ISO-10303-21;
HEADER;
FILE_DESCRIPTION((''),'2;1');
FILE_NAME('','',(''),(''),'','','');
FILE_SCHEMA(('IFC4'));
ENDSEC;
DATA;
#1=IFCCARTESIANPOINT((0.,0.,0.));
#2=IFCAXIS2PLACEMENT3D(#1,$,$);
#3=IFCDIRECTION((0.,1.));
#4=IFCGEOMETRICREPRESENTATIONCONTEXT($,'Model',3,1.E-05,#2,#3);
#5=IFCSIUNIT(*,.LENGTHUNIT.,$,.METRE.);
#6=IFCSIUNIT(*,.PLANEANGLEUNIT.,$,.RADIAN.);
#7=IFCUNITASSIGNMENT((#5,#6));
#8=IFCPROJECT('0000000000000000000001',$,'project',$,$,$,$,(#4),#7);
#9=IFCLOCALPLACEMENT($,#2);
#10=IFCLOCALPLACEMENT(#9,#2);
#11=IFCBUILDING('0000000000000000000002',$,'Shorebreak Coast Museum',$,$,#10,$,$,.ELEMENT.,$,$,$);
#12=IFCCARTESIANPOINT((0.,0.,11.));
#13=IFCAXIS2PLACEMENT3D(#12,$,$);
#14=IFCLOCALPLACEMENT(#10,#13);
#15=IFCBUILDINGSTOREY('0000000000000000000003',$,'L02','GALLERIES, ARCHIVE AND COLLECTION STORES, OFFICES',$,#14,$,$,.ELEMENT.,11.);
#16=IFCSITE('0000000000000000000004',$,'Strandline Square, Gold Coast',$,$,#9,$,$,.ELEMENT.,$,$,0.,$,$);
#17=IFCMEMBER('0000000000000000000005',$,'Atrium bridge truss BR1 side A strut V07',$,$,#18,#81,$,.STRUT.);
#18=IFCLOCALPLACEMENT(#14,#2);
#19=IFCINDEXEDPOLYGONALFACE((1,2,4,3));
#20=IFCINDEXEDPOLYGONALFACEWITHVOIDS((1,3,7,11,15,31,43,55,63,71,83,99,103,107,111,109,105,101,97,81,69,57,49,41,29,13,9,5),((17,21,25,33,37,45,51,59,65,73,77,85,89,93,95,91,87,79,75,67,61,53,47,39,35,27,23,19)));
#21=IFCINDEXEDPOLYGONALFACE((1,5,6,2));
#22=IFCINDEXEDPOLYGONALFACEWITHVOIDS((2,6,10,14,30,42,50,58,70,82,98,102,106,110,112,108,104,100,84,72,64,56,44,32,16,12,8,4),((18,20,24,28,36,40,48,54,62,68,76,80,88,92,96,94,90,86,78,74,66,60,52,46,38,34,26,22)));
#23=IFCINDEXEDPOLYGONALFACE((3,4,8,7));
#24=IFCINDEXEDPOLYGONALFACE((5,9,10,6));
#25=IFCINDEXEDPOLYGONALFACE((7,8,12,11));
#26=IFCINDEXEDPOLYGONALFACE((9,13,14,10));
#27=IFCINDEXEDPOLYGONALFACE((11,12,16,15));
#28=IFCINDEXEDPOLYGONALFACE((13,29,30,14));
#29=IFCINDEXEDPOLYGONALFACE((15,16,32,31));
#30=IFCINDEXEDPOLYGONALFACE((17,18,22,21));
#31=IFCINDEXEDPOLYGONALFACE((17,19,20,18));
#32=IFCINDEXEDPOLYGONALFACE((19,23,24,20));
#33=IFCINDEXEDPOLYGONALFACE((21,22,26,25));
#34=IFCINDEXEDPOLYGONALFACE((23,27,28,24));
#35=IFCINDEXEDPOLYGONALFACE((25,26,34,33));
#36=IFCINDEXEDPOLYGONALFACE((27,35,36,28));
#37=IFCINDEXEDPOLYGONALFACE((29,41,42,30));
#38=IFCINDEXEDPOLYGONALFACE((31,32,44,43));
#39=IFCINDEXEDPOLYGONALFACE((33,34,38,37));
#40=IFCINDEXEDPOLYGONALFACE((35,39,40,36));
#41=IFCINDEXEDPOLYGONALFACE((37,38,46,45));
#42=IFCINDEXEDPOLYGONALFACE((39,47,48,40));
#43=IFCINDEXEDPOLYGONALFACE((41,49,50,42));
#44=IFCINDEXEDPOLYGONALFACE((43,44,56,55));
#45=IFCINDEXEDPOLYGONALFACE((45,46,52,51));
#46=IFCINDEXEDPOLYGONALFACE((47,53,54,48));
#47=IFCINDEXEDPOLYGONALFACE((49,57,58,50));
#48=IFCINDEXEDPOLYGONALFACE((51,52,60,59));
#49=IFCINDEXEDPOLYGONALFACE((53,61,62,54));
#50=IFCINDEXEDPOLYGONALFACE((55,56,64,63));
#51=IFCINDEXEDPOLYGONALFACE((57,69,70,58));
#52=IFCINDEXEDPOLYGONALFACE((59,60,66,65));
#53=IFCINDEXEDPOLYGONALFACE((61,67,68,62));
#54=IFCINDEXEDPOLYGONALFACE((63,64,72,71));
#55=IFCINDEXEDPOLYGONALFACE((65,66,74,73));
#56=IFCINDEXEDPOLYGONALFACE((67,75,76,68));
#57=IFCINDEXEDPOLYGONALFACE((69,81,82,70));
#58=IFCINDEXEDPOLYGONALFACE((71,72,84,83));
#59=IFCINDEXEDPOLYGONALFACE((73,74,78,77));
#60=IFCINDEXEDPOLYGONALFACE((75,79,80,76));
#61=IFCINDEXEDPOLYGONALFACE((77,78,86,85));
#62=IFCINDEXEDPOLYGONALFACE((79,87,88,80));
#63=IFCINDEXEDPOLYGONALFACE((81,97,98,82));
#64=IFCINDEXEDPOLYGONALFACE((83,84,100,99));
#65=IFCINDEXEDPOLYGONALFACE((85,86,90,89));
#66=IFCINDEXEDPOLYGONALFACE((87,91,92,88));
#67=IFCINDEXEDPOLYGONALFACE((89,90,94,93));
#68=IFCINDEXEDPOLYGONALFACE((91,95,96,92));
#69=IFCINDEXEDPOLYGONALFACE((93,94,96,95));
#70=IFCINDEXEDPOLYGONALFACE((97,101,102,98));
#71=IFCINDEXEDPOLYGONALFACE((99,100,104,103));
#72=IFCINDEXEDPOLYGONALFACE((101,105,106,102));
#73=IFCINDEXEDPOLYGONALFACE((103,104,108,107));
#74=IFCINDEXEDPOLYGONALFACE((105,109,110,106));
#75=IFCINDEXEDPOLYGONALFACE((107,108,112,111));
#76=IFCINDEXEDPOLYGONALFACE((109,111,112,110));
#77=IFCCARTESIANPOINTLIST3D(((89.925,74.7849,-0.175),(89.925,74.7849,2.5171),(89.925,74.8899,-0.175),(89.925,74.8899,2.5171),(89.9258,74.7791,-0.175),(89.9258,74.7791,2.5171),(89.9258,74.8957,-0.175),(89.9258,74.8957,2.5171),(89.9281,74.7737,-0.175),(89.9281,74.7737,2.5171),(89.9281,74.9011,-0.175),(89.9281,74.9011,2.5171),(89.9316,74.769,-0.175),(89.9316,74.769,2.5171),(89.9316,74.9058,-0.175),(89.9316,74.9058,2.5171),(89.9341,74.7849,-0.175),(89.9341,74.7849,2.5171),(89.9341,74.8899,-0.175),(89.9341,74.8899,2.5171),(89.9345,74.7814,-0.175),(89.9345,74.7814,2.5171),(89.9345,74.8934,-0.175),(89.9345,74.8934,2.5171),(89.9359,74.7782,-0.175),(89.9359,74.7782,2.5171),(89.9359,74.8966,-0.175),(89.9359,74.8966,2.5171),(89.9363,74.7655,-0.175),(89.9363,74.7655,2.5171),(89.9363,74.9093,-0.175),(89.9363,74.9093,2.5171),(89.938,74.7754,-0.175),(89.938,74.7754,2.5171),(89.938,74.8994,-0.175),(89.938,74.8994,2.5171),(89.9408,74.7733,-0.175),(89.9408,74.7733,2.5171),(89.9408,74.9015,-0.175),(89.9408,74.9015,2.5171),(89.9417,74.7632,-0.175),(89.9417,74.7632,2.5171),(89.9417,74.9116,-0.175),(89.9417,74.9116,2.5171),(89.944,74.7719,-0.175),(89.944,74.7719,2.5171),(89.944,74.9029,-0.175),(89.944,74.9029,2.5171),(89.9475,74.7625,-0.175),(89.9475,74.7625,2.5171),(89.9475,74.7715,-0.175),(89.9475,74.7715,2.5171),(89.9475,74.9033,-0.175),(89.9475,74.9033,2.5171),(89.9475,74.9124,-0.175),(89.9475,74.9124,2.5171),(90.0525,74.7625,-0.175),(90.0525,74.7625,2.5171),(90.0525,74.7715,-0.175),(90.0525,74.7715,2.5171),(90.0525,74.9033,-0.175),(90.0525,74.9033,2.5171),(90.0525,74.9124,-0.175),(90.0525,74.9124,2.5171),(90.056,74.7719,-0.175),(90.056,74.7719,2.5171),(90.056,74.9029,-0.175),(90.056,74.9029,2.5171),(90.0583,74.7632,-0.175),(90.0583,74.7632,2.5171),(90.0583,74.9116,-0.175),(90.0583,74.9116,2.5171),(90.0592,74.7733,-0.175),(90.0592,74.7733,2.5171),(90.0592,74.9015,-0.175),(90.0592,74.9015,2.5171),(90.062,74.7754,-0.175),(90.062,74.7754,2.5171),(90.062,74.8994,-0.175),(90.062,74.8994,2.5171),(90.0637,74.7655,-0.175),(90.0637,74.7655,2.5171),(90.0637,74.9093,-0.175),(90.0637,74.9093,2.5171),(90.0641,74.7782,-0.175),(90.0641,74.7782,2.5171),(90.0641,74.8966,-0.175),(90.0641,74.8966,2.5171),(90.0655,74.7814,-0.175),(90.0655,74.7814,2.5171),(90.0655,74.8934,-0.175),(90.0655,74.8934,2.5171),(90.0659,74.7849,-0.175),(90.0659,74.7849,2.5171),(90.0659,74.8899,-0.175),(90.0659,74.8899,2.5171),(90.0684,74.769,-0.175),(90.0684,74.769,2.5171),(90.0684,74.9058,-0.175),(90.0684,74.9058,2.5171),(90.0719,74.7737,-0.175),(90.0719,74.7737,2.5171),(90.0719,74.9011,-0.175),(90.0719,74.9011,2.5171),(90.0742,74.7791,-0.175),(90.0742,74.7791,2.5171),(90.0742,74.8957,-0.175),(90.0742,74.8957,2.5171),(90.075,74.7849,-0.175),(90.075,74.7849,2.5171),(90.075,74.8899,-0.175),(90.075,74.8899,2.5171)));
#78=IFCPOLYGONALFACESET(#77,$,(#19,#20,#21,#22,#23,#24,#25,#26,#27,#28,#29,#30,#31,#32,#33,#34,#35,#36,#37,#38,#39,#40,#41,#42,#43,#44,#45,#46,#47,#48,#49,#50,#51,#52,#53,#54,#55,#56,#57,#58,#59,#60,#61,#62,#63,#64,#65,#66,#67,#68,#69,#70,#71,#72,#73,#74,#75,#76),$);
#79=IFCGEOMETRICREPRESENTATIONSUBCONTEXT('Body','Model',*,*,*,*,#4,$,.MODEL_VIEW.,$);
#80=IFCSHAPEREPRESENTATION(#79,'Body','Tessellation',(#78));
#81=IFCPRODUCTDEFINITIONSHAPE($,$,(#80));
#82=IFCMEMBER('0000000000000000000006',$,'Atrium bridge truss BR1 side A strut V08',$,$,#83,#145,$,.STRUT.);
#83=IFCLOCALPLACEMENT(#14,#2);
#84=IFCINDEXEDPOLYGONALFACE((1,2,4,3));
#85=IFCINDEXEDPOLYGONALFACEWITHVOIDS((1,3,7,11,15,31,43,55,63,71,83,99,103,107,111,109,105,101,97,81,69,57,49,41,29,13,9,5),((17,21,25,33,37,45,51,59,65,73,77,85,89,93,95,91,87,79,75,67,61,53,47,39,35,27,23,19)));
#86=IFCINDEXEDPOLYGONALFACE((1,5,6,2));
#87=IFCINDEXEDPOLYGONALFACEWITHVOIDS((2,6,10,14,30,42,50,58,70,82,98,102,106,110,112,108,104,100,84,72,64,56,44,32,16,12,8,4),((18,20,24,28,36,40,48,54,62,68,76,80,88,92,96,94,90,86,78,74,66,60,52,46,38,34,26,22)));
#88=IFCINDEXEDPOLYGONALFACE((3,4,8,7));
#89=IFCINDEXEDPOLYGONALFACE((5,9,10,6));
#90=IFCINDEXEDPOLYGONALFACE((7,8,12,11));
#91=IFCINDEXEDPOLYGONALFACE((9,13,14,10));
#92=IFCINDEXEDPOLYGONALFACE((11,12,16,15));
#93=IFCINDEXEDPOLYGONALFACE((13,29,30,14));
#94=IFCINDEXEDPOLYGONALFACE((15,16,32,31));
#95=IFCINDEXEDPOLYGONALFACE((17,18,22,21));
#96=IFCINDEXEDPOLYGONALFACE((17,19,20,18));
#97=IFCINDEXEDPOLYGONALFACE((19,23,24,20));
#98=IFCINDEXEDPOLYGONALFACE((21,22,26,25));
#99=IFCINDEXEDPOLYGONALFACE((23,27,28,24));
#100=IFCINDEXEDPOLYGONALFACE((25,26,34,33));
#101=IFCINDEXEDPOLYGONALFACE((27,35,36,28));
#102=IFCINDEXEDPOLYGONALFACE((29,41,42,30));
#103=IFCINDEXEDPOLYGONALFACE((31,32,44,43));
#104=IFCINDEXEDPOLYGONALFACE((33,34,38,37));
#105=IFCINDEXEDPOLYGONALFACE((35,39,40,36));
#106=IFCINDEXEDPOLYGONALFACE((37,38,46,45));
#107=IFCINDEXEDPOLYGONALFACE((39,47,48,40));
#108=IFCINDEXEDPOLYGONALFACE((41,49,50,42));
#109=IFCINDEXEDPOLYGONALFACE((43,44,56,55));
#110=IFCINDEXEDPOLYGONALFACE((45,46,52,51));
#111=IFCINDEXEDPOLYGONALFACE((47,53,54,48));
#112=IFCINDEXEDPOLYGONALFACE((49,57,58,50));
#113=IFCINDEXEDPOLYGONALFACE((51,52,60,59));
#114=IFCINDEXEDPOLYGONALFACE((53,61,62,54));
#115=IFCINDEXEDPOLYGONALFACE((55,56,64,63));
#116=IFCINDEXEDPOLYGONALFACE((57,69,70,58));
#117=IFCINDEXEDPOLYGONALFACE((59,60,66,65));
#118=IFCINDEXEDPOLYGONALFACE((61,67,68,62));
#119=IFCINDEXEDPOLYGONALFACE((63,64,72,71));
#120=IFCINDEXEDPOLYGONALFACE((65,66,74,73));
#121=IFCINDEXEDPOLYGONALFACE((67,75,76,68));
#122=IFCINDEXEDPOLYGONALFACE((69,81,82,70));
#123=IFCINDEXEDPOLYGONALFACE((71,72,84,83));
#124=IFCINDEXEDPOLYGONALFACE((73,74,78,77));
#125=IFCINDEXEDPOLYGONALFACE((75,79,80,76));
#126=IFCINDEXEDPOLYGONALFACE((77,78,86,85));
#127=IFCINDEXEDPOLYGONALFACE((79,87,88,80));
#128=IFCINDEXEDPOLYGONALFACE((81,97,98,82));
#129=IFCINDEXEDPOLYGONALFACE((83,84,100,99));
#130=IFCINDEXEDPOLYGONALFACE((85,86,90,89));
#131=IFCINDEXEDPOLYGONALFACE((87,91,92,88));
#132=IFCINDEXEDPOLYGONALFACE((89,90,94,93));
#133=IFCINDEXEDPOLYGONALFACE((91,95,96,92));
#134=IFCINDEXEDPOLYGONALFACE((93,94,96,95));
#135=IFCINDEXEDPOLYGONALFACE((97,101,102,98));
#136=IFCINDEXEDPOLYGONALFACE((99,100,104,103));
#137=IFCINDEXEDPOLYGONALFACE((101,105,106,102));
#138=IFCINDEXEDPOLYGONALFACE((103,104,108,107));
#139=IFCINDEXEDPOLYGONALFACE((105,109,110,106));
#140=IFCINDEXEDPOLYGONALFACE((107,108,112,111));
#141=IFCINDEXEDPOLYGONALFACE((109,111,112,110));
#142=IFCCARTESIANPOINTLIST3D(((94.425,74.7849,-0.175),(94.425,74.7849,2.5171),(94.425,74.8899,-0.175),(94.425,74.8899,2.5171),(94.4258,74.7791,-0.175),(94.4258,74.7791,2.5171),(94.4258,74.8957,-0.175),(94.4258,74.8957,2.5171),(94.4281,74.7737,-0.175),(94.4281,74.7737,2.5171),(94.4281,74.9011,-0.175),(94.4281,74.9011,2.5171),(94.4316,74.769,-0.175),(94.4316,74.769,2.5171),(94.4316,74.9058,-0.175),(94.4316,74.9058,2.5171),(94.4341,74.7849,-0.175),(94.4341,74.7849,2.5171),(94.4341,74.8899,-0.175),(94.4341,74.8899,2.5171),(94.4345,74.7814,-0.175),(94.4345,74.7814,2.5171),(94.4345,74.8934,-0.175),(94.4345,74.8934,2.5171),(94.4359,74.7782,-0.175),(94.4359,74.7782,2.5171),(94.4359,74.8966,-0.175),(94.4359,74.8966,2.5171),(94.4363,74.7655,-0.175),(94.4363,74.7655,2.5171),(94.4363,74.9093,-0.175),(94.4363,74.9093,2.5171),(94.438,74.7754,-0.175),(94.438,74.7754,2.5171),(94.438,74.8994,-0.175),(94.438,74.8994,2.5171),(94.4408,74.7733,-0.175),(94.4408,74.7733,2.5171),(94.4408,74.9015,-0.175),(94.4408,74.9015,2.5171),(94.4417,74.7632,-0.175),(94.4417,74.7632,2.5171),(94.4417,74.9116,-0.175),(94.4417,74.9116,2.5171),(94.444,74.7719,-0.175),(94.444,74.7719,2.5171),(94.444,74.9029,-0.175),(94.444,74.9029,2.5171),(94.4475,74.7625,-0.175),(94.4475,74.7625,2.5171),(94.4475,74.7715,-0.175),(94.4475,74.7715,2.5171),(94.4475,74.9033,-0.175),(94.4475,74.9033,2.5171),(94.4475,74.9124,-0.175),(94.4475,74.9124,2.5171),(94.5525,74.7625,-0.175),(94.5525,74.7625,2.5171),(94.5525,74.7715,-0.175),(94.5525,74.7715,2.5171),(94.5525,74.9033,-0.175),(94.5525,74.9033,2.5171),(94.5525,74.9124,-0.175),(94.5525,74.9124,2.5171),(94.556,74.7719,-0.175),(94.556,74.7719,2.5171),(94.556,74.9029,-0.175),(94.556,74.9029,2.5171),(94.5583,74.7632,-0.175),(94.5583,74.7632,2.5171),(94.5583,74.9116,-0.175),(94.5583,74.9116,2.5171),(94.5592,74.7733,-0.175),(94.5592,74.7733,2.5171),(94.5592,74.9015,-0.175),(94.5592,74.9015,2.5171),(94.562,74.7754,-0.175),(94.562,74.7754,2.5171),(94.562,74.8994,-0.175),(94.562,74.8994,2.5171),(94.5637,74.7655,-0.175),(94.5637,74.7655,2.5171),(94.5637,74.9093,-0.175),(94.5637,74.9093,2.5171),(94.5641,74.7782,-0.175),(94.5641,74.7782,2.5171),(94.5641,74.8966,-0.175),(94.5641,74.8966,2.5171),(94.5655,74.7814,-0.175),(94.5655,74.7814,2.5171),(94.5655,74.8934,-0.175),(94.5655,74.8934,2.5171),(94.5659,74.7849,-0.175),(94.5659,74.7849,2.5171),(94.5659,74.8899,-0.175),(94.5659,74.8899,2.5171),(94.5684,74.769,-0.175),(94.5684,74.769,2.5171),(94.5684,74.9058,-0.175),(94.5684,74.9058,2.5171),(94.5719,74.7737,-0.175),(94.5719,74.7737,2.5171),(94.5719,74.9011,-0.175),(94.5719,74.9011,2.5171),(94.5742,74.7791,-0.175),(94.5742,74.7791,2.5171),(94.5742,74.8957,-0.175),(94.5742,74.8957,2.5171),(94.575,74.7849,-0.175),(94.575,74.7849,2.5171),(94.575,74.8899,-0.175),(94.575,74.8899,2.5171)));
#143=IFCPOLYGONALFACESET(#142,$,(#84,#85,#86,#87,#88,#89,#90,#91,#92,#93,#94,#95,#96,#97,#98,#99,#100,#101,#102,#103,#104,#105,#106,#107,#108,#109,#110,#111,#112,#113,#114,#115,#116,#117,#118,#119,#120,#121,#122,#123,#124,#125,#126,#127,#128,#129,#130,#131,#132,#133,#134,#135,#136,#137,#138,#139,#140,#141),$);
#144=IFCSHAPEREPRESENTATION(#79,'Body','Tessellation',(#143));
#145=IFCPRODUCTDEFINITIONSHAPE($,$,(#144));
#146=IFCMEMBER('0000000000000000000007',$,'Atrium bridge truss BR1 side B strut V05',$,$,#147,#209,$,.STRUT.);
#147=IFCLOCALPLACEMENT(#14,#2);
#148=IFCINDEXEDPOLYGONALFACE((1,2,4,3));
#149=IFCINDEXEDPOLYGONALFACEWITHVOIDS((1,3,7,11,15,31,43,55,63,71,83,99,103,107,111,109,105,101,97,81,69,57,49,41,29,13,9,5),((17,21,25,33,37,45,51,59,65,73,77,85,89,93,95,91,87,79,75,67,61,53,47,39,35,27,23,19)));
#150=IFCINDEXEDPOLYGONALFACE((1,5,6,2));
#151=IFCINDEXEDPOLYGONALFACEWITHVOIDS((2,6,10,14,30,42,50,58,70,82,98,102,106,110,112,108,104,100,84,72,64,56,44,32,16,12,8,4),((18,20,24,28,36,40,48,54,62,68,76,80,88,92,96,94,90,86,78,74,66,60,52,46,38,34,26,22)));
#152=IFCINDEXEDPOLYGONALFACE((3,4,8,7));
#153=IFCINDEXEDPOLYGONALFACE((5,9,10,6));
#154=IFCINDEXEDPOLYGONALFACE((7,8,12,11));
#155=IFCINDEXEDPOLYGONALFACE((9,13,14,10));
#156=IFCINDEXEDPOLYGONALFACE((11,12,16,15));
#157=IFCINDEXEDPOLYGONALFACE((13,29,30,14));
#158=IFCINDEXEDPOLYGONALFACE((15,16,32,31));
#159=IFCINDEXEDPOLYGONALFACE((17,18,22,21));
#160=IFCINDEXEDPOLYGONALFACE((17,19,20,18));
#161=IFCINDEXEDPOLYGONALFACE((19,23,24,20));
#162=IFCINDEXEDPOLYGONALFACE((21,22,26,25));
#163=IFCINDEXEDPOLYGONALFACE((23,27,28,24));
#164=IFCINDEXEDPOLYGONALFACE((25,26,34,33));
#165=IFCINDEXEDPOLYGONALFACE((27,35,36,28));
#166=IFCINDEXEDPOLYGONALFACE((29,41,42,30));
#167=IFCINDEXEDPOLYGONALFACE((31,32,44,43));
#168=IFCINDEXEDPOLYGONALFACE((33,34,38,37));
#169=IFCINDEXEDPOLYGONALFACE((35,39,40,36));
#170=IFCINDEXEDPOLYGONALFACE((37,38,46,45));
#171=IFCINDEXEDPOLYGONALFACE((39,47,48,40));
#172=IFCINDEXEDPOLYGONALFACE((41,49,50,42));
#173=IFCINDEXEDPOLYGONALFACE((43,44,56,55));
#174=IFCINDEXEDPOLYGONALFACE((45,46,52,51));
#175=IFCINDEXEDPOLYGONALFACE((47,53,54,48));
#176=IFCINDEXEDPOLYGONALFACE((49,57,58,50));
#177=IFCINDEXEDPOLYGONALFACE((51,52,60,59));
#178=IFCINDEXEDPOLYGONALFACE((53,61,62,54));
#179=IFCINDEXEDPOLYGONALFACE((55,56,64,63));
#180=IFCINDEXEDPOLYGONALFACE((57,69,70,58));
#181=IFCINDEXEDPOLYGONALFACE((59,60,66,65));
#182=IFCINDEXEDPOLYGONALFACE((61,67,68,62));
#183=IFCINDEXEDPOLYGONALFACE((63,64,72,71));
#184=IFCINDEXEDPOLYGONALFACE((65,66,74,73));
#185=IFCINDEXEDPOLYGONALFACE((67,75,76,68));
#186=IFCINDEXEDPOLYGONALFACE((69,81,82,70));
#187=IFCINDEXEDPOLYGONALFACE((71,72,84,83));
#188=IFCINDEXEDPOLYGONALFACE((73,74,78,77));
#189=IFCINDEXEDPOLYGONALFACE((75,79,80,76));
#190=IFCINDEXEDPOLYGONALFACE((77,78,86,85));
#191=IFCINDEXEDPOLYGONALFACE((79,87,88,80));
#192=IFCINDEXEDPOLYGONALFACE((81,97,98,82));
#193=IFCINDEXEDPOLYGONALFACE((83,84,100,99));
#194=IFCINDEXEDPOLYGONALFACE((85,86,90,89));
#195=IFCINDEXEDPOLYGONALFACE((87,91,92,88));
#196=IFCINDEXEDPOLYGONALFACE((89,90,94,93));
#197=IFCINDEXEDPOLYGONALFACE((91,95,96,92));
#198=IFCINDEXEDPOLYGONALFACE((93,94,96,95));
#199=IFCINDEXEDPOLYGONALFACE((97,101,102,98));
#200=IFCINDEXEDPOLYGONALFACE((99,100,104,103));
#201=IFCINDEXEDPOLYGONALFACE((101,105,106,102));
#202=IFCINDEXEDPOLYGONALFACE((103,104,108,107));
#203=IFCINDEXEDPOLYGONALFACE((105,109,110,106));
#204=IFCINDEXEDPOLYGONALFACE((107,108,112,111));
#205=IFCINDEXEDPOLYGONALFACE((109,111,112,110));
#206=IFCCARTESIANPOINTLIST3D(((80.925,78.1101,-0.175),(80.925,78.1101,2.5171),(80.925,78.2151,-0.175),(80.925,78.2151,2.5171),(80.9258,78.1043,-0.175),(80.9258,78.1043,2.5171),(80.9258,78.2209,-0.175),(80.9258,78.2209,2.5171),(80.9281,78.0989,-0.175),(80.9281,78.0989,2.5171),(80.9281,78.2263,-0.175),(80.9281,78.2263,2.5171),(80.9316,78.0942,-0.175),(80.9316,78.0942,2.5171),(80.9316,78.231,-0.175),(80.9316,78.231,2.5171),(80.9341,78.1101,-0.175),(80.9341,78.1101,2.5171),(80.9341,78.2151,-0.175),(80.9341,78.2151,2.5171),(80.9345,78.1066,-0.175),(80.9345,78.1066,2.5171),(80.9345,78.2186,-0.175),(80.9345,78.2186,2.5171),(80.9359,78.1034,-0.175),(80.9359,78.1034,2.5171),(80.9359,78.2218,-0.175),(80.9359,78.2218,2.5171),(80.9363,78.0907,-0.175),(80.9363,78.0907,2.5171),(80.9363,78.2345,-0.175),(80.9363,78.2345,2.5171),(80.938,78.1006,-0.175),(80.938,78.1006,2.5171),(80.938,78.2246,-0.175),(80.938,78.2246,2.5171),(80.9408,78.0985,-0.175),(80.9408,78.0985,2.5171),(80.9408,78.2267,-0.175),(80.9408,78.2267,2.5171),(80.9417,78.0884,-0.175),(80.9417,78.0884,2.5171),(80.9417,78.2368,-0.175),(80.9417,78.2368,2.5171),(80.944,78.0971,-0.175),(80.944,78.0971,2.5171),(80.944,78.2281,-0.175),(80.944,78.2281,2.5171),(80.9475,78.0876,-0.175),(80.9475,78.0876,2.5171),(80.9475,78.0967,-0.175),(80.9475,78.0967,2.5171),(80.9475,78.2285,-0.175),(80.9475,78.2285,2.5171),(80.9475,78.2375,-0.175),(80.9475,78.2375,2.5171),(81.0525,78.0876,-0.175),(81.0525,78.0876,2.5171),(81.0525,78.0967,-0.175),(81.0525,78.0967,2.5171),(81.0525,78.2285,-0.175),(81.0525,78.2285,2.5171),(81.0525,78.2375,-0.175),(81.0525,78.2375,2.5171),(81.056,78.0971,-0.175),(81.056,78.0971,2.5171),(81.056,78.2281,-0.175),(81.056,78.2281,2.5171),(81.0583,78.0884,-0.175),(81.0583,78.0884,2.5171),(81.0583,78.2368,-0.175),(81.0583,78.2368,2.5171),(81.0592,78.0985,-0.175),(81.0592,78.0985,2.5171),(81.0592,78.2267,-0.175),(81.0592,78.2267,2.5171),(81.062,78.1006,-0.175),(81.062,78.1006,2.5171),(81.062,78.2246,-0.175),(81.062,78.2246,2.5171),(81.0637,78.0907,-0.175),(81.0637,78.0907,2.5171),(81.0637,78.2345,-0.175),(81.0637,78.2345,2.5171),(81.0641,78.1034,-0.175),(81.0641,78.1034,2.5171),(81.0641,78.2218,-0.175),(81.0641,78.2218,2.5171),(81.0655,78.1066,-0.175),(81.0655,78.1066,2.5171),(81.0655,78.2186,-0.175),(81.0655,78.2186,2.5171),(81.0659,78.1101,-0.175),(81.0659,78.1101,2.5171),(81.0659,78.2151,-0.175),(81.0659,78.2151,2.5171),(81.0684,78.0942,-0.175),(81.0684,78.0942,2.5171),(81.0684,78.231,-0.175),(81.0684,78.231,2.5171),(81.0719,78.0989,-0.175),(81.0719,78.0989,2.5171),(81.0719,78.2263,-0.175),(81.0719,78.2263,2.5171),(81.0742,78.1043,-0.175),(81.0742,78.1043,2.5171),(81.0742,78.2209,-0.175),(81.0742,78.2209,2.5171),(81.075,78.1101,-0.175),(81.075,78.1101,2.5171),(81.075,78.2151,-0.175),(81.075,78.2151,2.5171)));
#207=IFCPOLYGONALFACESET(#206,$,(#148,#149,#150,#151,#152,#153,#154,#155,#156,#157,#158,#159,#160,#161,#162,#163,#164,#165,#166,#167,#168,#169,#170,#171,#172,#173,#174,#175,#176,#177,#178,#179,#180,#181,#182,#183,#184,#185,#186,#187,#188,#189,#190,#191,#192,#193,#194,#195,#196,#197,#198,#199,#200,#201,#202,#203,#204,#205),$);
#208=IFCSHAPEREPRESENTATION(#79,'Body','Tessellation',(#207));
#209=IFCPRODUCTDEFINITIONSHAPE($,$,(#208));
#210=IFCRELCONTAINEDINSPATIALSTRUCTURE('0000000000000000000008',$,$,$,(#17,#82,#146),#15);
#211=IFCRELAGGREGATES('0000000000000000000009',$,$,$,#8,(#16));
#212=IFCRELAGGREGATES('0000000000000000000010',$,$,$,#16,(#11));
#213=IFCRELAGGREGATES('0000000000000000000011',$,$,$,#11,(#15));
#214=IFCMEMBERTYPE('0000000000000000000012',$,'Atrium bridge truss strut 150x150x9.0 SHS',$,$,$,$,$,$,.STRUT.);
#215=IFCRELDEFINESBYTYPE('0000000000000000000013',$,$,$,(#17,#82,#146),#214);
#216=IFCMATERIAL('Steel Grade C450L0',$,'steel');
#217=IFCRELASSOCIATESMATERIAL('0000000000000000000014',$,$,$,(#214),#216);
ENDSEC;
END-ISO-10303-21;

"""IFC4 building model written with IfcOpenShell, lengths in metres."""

from ifc_helpers import new_model, si_unit, direction, frame, origin, origin_2d, place, context, subcontext, project, spatial, hollow_rectangle, extrude, material, material_profile, profile_set, type_object, element, save


model = new_model("IFC4")

# Units and contexts
model_context = context("Model", 3, precision=1e-05, world=origin(), true_north=direction((0.0, 1.0)))
body_context = subcontext(model_context, "Body", "Model", "MODEL_VIEW")
ifc_project = project(units=[si_unit("LENGTHUNIT", "METRE"), si_unit("PLANEANGLEUNIT", "RADIAN")], contexts=[model_context])

# Site, building, storey
site_placement = place(None, origin())
site = spatial("IfcSite", under=ifc_project, at=site_placement, Name="Strandline Square, Gold Coast", CompositionType="ELEMENT", RefElevation=0.0)
building_placement = place(site_placement, origin())
building = spatial("IfcBuilding", under=site, at=building_placement, Name="Shorebreak Coast Museum", CompositionType="ELEMENT")
storey_placement = place(building_placement, frame((0.0, 0.0, 11.0)))
storey = spatial("IfcBuildingStorey", under=building, at=storey_placement, Name="L02", Description="GALLERIES, ARCHIVE AND COLLECTION STORES, OFFICES", CompositionType="ELEMENT", Elevation=11.0)

# Members
ifc_material_1 = material(Name="Steel Grade C450L0", Category="steel")
ifc_material_profile_1 = material_profile(ifc_material_1, hollow_rectangle(XDim=0.1499, YDim=0.1499, WallThickness=0.009, InnerFilletRadius=0.0134, OuterFilletRadius=0.0225, at=origin_2d()), Name="150x150x9.0 SHS")
ifc_profile_set_1 = profile_set([ifc_material_profile_1], Name="Steel Grade C450L0")
member_type_1 = type_object("IfcMemberType", Name="Atrium bridge truss strut 150x150x9.0 SHS", PredefinedType="STRUT", material=ifc_profile_set_1)
for number, where, z_axis, x_axis, name in (
    (1, (90.0, 74.8374, -0.175), (0.0, 0.0, 1.0), (1.0, 0.0, 0.0), "Atrium bridge truss BR1 side A strut V07"),
    (2, (94.5, 74.8374, -0.175), (0.0, 0.0, 1.0), (1.0, 0.0, 0.0), "Atrium bridge truss BR1 side A strut V08"),
    (3, (81.0, 78.1626, -0.175), (0.0, 0.0, 1.0), (1.0, 0.0, 0.0), "Atrium bridge truss BR1 side B strut V05"),
):
    element("IfcMember", number, at=place(storey_placement, frame(where, z_axis=z_axis, x_axis=x_axis)), inside=storey, type_object=member_type_1, Name=name, PredefinedType="STRUT", context=body_context, shape_type="SweptSolid", body=[
        extrude(hollow_rectangle(XDim=0.1499, YDim=0.1499, WallThickness=0.009, InnerFilletRadius=0.0134, OuterFilletRadius=0.0225, at=origin_2d()), origin(), (0.0, 0.0, 1.0), 2.6921),
    ])

save(model, "model.ifc")
